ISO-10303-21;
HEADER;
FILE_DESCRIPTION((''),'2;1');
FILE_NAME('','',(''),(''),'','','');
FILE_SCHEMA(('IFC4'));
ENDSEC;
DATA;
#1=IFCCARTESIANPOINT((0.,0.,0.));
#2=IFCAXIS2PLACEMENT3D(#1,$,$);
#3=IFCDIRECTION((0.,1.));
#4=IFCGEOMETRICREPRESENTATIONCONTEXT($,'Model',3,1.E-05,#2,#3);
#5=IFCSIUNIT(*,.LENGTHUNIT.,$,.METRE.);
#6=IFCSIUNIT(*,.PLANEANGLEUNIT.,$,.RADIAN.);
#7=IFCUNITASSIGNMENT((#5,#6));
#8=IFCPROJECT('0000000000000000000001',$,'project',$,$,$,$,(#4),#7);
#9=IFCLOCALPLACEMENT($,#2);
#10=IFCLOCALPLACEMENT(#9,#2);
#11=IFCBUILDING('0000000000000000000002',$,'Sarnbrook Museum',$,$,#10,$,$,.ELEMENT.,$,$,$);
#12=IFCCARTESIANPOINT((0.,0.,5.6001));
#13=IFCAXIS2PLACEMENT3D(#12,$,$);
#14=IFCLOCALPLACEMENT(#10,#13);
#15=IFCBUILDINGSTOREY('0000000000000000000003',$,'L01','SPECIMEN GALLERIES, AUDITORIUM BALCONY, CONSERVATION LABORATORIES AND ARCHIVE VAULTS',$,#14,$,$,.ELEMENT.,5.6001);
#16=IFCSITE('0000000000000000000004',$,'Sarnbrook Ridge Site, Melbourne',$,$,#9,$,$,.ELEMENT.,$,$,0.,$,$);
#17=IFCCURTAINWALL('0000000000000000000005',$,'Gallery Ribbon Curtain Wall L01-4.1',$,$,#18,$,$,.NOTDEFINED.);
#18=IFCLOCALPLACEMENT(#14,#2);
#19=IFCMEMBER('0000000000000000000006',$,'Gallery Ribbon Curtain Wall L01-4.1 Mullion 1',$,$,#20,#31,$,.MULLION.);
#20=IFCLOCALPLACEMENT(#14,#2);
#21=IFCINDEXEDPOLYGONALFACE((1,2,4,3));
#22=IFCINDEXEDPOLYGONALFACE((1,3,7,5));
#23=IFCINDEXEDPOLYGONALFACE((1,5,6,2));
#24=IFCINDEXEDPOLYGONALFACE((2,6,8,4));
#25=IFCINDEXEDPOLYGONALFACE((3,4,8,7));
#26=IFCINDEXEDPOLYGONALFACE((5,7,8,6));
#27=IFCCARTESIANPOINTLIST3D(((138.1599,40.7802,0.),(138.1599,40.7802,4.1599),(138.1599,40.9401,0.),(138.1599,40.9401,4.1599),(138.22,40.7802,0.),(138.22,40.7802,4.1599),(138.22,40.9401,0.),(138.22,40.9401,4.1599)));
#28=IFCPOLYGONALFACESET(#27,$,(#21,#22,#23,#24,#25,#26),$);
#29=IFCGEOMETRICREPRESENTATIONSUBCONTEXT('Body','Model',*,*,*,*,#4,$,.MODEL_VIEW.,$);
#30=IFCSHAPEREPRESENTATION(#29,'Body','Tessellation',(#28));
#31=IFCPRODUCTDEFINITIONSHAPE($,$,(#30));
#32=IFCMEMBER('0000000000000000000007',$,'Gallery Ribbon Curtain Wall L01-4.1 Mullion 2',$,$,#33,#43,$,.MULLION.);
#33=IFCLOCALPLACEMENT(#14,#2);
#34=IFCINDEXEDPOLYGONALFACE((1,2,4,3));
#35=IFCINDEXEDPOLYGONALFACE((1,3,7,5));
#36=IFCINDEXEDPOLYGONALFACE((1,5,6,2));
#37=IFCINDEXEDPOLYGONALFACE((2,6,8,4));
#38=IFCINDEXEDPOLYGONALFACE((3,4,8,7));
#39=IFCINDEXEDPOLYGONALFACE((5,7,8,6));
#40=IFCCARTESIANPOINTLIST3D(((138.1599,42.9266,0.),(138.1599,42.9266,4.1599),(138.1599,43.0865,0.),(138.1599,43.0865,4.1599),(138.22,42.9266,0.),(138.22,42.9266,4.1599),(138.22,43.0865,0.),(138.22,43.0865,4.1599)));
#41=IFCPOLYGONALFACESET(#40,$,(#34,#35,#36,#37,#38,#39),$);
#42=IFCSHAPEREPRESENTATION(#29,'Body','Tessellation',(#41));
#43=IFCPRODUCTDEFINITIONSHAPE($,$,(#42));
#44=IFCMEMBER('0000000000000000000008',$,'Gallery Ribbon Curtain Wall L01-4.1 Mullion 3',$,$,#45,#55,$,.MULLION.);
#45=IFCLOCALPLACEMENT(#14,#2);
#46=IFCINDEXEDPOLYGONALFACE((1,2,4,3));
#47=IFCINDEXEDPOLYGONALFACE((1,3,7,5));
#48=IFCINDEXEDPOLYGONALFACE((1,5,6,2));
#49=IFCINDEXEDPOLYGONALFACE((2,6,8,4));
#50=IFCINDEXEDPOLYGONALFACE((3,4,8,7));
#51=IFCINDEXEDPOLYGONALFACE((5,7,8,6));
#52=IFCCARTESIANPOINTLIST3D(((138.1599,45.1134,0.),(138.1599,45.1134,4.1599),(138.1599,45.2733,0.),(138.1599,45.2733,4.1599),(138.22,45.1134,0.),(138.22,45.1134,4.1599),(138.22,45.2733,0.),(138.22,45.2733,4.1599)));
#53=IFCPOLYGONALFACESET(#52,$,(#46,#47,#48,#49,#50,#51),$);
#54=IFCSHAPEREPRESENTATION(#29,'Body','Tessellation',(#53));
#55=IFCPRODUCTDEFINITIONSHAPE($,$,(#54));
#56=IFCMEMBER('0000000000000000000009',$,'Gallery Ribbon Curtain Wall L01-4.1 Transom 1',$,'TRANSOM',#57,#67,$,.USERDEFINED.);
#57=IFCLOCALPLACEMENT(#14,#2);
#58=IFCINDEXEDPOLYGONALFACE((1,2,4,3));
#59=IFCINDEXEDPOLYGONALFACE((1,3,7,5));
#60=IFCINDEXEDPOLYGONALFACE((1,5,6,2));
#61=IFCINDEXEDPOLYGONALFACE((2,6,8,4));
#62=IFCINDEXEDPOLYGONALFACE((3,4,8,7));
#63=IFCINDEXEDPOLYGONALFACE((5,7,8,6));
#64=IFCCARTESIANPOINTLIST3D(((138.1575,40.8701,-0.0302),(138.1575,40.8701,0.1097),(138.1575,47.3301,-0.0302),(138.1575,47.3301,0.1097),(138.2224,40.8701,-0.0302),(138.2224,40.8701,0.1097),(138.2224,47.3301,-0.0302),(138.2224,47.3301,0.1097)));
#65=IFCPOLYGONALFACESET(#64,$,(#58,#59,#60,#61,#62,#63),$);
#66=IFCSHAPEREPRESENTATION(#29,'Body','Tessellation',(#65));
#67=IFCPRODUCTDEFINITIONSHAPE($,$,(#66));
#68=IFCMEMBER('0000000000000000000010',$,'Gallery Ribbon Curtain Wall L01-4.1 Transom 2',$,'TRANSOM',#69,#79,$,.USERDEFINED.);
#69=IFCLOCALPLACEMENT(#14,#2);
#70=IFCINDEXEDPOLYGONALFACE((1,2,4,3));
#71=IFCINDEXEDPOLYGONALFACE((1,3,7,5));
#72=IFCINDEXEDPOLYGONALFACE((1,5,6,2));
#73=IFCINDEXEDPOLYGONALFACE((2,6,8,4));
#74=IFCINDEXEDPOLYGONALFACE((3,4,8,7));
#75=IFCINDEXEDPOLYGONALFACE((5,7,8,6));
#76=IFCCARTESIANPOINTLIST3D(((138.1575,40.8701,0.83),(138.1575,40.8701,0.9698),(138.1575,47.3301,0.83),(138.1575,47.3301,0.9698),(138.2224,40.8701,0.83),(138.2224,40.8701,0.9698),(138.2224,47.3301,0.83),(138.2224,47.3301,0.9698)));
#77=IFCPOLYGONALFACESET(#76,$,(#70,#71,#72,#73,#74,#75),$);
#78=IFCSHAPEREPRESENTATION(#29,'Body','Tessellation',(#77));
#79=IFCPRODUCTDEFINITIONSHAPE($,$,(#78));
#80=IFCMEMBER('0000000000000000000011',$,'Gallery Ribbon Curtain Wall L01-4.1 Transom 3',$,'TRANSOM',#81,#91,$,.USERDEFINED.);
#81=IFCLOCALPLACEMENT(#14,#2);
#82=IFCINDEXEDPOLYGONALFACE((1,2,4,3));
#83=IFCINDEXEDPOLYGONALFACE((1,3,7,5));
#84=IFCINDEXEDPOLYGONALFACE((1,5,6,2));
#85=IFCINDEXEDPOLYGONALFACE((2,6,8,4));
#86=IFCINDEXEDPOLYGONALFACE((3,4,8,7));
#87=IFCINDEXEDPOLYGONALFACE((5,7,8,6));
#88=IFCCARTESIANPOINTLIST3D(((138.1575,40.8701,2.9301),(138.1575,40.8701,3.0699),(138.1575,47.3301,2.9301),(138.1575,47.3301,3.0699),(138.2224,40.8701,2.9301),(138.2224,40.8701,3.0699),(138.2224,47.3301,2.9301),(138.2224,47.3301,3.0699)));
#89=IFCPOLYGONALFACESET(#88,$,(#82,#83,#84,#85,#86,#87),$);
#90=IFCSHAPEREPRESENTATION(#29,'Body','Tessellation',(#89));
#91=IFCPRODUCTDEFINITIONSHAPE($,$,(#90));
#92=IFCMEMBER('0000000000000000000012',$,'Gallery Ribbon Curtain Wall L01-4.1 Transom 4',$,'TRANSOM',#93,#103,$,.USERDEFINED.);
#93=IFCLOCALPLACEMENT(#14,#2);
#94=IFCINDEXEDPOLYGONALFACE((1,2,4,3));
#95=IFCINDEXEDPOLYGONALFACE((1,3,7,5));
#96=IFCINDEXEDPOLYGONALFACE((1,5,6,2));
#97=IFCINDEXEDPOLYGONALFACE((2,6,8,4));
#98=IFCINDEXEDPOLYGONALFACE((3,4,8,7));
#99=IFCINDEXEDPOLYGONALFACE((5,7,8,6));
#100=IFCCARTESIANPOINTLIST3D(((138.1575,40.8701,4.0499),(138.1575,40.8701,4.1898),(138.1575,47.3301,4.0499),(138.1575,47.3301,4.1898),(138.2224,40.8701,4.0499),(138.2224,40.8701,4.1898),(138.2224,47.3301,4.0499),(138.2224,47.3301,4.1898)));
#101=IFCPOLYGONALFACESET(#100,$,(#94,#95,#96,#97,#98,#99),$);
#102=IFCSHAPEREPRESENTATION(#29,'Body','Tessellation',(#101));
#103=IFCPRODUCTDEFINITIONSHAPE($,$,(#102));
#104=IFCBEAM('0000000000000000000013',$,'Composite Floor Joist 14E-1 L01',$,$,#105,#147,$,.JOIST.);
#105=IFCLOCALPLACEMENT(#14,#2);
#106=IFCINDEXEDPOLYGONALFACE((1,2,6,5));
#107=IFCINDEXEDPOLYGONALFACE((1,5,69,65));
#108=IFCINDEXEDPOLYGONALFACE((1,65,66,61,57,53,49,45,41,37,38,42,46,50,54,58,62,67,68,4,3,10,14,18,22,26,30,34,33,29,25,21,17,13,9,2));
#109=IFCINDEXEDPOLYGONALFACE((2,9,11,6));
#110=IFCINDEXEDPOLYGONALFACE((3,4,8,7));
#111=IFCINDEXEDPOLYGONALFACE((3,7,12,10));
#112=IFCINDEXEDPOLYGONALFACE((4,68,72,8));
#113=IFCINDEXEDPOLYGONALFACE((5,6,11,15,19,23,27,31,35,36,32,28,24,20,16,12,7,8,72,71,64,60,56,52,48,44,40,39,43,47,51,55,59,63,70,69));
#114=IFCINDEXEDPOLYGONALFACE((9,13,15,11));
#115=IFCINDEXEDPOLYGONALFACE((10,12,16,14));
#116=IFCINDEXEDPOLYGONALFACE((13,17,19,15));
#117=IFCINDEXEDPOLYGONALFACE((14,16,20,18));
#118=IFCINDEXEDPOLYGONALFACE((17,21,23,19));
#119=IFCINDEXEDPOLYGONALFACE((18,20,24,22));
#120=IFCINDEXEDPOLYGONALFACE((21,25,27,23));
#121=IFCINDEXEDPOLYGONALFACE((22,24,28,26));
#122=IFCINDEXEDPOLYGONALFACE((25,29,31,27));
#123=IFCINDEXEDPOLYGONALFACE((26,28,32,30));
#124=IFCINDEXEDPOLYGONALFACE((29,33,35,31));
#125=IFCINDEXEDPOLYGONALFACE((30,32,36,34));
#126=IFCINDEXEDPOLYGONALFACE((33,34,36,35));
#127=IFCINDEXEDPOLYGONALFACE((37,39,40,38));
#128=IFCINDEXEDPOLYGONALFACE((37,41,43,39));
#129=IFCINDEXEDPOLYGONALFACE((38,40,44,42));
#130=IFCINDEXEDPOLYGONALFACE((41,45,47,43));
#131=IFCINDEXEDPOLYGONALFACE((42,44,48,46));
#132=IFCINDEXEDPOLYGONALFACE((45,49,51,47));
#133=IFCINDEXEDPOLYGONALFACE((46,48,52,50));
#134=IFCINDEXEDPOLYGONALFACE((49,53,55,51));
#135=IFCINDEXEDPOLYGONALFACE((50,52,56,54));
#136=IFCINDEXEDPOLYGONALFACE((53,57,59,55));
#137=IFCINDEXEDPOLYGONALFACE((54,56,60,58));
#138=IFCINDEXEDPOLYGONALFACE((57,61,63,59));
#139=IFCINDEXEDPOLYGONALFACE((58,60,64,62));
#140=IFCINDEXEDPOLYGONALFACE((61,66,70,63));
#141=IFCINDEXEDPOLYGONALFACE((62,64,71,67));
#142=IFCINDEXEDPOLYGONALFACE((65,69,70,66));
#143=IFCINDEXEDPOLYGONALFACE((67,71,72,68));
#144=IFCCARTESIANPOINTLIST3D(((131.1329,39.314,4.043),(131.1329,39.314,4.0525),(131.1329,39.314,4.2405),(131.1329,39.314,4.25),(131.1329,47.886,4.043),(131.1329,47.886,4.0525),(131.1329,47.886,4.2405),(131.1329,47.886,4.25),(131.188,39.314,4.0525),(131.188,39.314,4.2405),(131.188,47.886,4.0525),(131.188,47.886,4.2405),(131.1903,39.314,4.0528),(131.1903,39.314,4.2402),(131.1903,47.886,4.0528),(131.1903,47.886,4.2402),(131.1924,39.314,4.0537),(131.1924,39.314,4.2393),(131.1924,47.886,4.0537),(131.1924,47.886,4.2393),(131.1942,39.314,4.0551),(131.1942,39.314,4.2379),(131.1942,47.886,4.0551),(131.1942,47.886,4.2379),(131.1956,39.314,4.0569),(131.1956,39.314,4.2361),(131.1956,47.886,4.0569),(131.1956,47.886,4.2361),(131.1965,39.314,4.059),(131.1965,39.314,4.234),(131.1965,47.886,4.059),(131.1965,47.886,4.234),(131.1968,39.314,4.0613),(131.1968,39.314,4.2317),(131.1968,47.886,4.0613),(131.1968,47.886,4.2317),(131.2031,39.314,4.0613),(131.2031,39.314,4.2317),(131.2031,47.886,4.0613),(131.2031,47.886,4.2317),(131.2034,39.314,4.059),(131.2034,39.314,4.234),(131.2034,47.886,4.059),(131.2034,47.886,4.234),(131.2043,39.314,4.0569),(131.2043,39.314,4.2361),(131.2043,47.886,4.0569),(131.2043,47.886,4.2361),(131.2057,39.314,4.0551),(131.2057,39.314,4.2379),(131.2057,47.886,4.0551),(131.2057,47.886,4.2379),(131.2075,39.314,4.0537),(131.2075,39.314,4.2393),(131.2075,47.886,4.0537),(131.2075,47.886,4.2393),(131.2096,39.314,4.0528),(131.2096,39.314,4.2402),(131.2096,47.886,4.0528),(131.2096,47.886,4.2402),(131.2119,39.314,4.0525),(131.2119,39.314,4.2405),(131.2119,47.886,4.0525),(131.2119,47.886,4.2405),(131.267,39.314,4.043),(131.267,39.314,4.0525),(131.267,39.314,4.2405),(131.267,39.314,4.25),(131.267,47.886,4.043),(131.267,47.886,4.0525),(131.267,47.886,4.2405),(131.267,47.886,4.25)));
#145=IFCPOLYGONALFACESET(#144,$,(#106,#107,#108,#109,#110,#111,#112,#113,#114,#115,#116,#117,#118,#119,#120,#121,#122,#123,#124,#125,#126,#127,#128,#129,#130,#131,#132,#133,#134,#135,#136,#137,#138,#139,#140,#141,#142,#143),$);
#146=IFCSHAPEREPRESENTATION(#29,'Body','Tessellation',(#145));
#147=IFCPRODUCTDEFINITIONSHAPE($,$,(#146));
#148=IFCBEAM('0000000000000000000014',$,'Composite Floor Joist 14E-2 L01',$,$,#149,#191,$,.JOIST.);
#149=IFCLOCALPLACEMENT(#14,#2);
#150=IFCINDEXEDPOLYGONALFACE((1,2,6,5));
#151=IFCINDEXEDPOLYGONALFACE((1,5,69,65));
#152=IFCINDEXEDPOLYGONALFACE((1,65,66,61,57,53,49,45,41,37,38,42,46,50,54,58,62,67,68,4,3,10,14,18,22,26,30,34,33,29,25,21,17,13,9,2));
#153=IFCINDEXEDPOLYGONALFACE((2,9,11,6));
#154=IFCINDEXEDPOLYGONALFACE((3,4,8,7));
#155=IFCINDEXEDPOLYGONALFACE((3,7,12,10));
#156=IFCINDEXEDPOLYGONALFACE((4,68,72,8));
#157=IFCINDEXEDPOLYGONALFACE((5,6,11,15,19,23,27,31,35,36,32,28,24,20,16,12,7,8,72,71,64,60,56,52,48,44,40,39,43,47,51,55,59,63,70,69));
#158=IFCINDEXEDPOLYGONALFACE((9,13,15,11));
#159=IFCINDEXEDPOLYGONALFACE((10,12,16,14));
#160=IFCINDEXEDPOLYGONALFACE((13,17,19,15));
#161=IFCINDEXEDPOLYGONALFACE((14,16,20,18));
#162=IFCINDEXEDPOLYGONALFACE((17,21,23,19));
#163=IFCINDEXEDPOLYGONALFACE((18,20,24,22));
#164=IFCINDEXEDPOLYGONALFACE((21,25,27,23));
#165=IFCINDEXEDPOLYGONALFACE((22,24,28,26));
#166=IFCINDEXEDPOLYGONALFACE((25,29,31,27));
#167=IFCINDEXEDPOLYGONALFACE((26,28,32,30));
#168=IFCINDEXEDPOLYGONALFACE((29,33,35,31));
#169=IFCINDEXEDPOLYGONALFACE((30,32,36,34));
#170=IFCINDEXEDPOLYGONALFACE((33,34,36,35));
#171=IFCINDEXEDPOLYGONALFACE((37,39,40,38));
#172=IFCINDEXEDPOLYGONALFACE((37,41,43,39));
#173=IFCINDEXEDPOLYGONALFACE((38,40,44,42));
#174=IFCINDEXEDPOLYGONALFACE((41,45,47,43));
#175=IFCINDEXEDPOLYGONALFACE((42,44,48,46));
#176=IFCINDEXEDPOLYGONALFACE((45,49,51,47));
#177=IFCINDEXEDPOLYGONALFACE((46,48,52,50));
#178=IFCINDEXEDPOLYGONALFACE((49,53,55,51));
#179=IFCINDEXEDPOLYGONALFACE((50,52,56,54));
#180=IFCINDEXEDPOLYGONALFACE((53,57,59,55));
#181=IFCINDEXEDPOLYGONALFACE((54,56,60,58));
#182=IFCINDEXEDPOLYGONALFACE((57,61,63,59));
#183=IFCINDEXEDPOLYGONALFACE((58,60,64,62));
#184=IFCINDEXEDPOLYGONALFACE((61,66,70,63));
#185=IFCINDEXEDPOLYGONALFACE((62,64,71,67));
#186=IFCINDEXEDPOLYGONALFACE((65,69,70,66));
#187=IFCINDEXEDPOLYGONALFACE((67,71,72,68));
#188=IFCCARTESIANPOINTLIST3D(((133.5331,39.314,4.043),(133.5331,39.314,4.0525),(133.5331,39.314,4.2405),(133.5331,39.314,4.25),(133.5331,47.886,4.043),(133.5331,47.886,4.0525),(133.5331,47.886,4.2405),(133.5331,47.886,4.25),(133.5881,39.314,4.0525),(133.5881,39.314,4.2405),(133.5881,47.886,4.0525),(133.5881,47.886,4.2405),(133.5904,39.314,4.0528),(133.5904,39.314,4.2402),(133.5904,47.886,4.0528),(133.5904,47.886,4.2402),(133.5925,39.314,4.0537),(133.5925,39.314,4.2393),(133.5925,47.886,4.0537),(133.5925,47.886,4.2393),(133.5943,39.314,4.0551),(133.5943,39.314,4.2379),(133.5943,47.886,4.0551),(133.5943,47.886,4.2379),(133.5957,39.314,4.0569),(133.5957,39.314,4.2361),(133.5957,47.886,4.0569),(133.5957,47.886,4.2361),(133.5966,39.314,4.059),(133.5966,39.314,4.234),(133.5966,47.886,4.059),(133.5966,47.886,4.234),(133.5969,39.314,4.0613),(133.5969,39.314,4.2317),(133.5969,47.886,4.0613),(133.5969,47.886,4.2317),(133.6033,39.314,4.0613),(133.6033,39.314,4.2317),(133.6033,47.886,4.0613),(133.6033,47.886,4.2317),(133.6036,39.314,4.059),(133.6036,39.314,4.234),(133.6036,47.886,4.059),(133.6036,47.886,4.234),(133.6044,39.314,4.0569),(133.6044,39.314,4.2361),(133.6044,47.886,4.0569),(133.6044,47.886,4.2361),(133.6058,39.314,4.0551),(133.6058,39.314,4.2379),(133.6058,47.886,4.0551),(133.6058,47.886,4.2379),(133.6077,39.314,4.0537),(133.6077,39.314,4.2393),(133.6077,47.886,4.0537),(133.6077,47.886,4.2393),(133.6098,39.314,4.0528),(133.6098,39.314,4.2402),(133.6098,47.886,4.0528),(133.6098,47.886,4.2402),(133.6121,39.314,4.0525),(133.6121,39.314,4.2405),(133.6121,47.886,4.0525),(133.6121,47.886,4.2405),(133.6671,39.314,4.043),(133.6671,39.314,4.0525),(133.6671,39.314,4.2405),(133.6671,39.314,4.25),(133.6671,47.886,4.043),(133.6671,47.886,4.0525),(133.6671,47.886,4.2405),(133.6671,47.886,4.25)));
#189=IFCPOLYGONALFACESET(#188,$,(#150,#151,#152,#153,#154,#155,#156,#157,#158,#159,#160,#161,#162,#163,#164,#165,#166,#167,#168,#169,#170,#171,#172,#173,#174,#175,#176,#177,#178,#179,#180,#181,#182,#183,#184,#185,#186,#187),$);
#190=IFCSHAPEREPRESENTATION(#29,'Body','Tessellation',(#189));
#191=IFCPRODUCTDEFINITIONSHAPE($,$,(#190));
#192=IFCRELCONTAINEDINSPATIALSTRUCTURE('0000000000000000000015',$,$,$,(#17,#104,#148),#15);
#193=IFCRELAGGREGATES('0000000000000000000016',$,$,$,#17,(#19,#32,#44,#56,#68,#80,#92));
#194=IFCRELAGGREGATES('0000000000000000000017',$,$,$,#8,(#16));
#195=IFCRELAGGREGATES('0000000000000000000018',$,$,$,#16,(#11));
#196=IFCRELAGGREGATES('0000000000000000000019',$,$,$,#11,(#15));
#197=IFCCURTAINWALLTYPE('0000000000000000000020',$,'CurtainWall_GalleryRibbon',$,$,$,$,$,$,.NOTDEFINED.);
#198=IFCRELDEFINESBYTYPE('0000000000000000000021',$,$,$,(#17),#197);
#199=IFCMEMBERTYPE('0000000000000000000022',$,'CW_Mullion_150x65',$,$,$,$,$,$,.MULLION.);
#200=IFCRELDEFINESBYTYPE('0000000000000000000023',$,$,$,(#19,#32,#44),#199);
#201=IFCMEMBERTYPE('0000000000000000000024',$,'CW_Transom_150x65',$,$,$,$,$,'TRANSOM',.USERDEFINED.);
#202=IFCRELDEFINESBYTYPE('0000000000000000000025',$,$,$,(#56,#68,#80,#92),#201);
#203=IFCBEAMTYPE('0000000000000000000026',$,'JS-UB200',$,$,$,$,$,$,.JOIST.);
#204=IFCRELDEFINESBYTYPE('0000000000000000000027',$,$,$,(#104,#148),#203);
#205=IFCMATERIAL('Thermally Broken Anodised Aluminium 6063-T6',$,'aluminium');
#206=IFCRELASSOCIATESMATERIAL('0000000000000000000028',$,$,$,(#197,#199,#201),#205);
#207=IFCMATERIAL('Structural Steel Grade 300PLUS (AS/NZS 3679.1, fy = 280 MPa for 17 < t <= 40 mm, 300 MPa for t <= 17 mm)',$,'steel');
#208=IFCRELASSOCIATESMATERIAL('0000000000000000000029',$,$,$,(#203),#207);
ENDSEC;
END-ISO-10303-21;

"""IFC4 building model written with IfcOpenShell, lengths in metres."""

from ifc_helpers import new_model, si_unit, direction, frame, origin, origin_2d, place, context, subcontext, project, spatial, rectangle, i_section, extrude, material, material_profile, profile_set, type_object, element, aggregate, save


model = new_model("IFC4")

# Units and contexts
model_context = context("Model", 3, precision=1e-05, world=origin(), true_north=direction((0.0, 1.0)))
body_context = subcontext(model_context, "Body", "Model", "MODEL_VIEW")
ifc_project = project(units=[si_unit("LENGTHUNIT", "METRE"), si_unit("PLANEANGLEUNIT", "RADIAN")], contexts=[model_context])

# Site, building, storey
site_placement = place(None, origin())
site = spatial("IfcSite", under=ifc_project, at=site_placement, Name="Sarnbrook Ridge Site, Melbourne", CompositionType="ELEMENT", RefElevation=0.0)
building_placement = place(site_placement, origin())
building = spatial("IfcBuilding", under=site, at=building_placement, Name="Sarnbrook Museum", CompositionType="ELEMENT")
storey_placement = place(building_placement, frame((0.0, 0.0, 5.6001)))
storey = spatial("IfcBuildingStorey", under=building, at=storey_placement, Name="L01", Description="SPECIMEN GALLERIES, AUDITORIUM BALCONY, CONSERVATION LABORATORIES AND ARCHIVE VAULTS", CompositionType="ELEMENT", Elevation=5.6001)

# Shared definitions
ifc_material_1 = material(Name="Structural Steel Grade 300PLUS (AS/NZS 3679.1, fy = 280 MPa for 17 < t <= 40 mm, 300 MPa for t <= 17 mm)", Category="steel")

# Curtain wall, members
ifc_material_2 = material(Name="Thermally Broken Anodised Aluminium 6063-T6", Category="aluminium")
curtain_wall_type = type_object("IfcCurtainWallType", Name="CurtainWall_GalleryRibbon", PredefinedType="NOTDEFINED", material=ifc_material_2)
curtain_wall_placement = place(storey_placement, origin())
curtain_wall = element("IfcCurtainWall", 1, at=curtain_wall_placement, inside=storey, type_object=curtain_wall_type, Name="Gallery Ribbon Curtain Wall L01-4.1", PredefinedType="NOTDEFINED")
ifc_material_profile_1 = material_profile(ifc_material_2, rectangle(XDim=0.0601, YDim=0.1599, at=origin_2d()), Name="ALU MULLION 60x160")
ifc_profile_set_1 = profile_set([ifc_material_profile_1], Name="Thermally Broken Anodised Aluminium 6063-T6")
member_type_1 = type_object("IfcMemberType", Name="CW_Mullion_150x65", PredefinedType="MULLION", material=ifc_profile_set_1)
member_1_placement = place(storey_placement, frame((138.1899, 40.8601, 0.0), z_axis=(0.0, 0.0, 1.0), x_axis=(1.0, 0.0, 0.0)))
member_1 = element("IfcMember", 2, at=member_1_placement, type_object=member_type_1, Name="Gallery Ribbon Curtain Wall L01-4.1 Mullion 1", PredefinedType="MULLION", context=body_context, shape_type="SweptSolid", body=[
    extrude(rectangle(XDim=0.0601, YDim=0.1599, at=origin_2d()), origin(), (0.0, 0.0, 1.0), 4.1599),
])
member_2_placement = place(storey_placement, frame((138.1899, 43.0066, 0.0), z_axis=(0.0, 0.0, 1.0), x_axis=(1.0, 0.0, 0.0)))
member_2 = element("IfcMember", 3, at=member_2_placement, type_object=member_type_1, Name="Gallery Ribbon Curtain Wall L01-4.1 Mullion 2", PredefinedType="MULLION", context=body_context, shape_type="SweptSolid", body=[
    extrude(rectangle(XDim=0.0601, YDim=0.1599, at=origin_2d()), origin(), (0.0, 0.0, 1.0), 4.1599),
])
member_3_placement = place(storey_placement, frame((138.1899, 45.1934, 0.0), z_axis=(0.0, 0.0, 1.0), x_axis=(1.0, 0.0, 0.0)))
member_3 = element("IfcMember", 4, at=member_3_placement, type_object=member_type_1, Name="Gallery Ribbon Curtain Wall L01-4.1 Mullion 3", PredefinedType="MULLION", context=body_context, shape_type="SweptSolid", body=[
    extrude(rectangle(XDim=0.0601, YDim=0.1599, at=origin_2d()), origin(), (0.0, 0.0, 1.0), 4.1599),
])
ifc_material_profile_2 = material_profile(ifc_material_2, rectangle(XDim=0.0649, YDim=0.1399, at=origin_2d()), Name="ALU TRANSOM 65x140")
ifc_profile_set_2 = profile_set([ifc_material_profile_2], Name="Thermally Broken Anodised Aluminium 6063-T6")
member_type_2 = type_object("IfcMemberType", Name="CW_Transom_150x65", ElementType="TRANSOM", PredefinedType="USERDEFINED", material=ifc_profile_set_2)
member_4_placement = place(storey_placement, frame((138.1899, 40.8701, 0.0398), z_axis=(0.0, 1.0, 0.0), x_axis=(-1.0, 0.0, 0.0)))
member_4 = element("IfcMember", 5, at=member_4_placement, type_object=member_type_2, Name="Gallery Ribbon Curtain Wall L01-4.1 Transom 1", ObjectType="TRANSOM", PredefinedType="USERDEFINED", context=body_context, shape_type="SweptSolid", body=[
    extrude(rectangle(XDim=0.0649, YDim=0.1399, at=origin_2d()), origin(), (0.0, 0.0, 1.0), 6.46),
])
member_5_placement = place(storey_placement, frame((138.1899, 40.8701, 0.8999), z_axis=(0.0, 1.0, 0.0), x_axis=(-1.0, 0.0, 0.0)))
member_5 = element("IfcMember", 6, at=member_5_placement, type_object=member_type_2, Name="Gallery Ribbon Curtain Wall L01-4.1 Transom 2", ObjectType="TRANSOM", PredefinedType="USERDEFINED", context=body_context, shape_type="SweptSolid", body=[
    extrude(rectangle(XDim=0.0649, YDim=0.1399, at=origin_2d()), origin(), (0.0, 0.0, 1.0), 6.46),
])
member_6_placement = place(storey_placement, frame((138.1899, 40.8701, 3.0), z_axis=(0.0, 1.0, 0.0), x_axis=(-1.0, 0.0, 0.0)))
member_6 = element("IfcMember", 7, at=member_6_placement, type_object=member_type_2, Name="Gallery Ribbon Curtain Wall L01-4.1 Transom 3", ObjectType="TRANSOM", PredefinedType="USERDEFINED", context=body_context, shape_type="SweptSolid", body=[
    extrude(rectangle(XDim=0.0649, YDim=0.1399, at=origin_2d()), origin(), (0.0, 0.0, 1.0), 6.46),
])
member_7_placement = place(storey_placement, frame((138.1899, 40.8701, 4.1199), z_axis=(0.0, 1.0, 0.0), x_axis=(-1.0, 0.0, 0.0)))
member_7 = element("IfcMember", 8, at=member_7_placement, type_object=member_type_2, Name="Gallery Ribbon Curtain Wall L01-4.1 Transom 4", ObjectType="TRANSOM", PredefinedType="USERDEFINED", context=body_context, shape_type="SweptSolid", body=[
    extrude(rectangle(XDim=0.0649, YDim=0.1399, at=origin_2d()), origin(), (0.0, 0.0, 1.0), 6.46),
])

# Beams
ifc_material_profile_3 = material_profile(ifc_material_1, i_section(OverallWidth=0.134, OverallDepth=0.207, WebThickness=0.0063, FlangeThickness=0.0095, FilletRadius=0.0088, at=origin_2d()), Name="200UB29.8")
ifc_profile_set_3 = profile_set([ifc_material_profile_3], Name="Structural Steel Grade 300PLUS (AS/NZS 3679.1, fy = 280 MPa for 17 < t <= 40 mm, 300 MPa for t <= 17 mm)")
beam_type_1 = type_object("IfcBeamType", Name="JS-UB200", PredefinedType="JOIST", material=ifc_profile_set_3)
for number, where, z_axis, x_axis, name in (
    (9, (131.2, 39.314, 4.1465), (0.0, 1.0, 0.0), (-1.0, 0.0, 0.0), "Composite Floor Joist 14E-1 L01"),
    (10, (133.6001, 39.314, 4.1465), (0.0, 1.0, 0.0), (-1.0, 0.0, 0.0), "Composite Floor Joist 14E-2 L01"),
):
    element("IfcBeam", number, at=place(storey_placement, frame(where, z_axis=z_axis, x_axis=x_axis)), inside=storey, type_object=beam_type_1, Name=name, PredefinedType="JOIST", context=body_context, shape_type="SweptSolid", body=[
        extrude(i_section(OverallWidth=0.134, OverallDepth=0.207, WebThickness=0.0063, FlangeThickness=0.0095, FilletRadius=0.0088, at=origin_2d()), origin(), (0.0, 0.0, 1.0), 8.572),
    ])

aggregate(curtain_wall, [member_1, member_2, member_3, member_4, member_5, member_6, member_7])

save(model, "model.ifc")
